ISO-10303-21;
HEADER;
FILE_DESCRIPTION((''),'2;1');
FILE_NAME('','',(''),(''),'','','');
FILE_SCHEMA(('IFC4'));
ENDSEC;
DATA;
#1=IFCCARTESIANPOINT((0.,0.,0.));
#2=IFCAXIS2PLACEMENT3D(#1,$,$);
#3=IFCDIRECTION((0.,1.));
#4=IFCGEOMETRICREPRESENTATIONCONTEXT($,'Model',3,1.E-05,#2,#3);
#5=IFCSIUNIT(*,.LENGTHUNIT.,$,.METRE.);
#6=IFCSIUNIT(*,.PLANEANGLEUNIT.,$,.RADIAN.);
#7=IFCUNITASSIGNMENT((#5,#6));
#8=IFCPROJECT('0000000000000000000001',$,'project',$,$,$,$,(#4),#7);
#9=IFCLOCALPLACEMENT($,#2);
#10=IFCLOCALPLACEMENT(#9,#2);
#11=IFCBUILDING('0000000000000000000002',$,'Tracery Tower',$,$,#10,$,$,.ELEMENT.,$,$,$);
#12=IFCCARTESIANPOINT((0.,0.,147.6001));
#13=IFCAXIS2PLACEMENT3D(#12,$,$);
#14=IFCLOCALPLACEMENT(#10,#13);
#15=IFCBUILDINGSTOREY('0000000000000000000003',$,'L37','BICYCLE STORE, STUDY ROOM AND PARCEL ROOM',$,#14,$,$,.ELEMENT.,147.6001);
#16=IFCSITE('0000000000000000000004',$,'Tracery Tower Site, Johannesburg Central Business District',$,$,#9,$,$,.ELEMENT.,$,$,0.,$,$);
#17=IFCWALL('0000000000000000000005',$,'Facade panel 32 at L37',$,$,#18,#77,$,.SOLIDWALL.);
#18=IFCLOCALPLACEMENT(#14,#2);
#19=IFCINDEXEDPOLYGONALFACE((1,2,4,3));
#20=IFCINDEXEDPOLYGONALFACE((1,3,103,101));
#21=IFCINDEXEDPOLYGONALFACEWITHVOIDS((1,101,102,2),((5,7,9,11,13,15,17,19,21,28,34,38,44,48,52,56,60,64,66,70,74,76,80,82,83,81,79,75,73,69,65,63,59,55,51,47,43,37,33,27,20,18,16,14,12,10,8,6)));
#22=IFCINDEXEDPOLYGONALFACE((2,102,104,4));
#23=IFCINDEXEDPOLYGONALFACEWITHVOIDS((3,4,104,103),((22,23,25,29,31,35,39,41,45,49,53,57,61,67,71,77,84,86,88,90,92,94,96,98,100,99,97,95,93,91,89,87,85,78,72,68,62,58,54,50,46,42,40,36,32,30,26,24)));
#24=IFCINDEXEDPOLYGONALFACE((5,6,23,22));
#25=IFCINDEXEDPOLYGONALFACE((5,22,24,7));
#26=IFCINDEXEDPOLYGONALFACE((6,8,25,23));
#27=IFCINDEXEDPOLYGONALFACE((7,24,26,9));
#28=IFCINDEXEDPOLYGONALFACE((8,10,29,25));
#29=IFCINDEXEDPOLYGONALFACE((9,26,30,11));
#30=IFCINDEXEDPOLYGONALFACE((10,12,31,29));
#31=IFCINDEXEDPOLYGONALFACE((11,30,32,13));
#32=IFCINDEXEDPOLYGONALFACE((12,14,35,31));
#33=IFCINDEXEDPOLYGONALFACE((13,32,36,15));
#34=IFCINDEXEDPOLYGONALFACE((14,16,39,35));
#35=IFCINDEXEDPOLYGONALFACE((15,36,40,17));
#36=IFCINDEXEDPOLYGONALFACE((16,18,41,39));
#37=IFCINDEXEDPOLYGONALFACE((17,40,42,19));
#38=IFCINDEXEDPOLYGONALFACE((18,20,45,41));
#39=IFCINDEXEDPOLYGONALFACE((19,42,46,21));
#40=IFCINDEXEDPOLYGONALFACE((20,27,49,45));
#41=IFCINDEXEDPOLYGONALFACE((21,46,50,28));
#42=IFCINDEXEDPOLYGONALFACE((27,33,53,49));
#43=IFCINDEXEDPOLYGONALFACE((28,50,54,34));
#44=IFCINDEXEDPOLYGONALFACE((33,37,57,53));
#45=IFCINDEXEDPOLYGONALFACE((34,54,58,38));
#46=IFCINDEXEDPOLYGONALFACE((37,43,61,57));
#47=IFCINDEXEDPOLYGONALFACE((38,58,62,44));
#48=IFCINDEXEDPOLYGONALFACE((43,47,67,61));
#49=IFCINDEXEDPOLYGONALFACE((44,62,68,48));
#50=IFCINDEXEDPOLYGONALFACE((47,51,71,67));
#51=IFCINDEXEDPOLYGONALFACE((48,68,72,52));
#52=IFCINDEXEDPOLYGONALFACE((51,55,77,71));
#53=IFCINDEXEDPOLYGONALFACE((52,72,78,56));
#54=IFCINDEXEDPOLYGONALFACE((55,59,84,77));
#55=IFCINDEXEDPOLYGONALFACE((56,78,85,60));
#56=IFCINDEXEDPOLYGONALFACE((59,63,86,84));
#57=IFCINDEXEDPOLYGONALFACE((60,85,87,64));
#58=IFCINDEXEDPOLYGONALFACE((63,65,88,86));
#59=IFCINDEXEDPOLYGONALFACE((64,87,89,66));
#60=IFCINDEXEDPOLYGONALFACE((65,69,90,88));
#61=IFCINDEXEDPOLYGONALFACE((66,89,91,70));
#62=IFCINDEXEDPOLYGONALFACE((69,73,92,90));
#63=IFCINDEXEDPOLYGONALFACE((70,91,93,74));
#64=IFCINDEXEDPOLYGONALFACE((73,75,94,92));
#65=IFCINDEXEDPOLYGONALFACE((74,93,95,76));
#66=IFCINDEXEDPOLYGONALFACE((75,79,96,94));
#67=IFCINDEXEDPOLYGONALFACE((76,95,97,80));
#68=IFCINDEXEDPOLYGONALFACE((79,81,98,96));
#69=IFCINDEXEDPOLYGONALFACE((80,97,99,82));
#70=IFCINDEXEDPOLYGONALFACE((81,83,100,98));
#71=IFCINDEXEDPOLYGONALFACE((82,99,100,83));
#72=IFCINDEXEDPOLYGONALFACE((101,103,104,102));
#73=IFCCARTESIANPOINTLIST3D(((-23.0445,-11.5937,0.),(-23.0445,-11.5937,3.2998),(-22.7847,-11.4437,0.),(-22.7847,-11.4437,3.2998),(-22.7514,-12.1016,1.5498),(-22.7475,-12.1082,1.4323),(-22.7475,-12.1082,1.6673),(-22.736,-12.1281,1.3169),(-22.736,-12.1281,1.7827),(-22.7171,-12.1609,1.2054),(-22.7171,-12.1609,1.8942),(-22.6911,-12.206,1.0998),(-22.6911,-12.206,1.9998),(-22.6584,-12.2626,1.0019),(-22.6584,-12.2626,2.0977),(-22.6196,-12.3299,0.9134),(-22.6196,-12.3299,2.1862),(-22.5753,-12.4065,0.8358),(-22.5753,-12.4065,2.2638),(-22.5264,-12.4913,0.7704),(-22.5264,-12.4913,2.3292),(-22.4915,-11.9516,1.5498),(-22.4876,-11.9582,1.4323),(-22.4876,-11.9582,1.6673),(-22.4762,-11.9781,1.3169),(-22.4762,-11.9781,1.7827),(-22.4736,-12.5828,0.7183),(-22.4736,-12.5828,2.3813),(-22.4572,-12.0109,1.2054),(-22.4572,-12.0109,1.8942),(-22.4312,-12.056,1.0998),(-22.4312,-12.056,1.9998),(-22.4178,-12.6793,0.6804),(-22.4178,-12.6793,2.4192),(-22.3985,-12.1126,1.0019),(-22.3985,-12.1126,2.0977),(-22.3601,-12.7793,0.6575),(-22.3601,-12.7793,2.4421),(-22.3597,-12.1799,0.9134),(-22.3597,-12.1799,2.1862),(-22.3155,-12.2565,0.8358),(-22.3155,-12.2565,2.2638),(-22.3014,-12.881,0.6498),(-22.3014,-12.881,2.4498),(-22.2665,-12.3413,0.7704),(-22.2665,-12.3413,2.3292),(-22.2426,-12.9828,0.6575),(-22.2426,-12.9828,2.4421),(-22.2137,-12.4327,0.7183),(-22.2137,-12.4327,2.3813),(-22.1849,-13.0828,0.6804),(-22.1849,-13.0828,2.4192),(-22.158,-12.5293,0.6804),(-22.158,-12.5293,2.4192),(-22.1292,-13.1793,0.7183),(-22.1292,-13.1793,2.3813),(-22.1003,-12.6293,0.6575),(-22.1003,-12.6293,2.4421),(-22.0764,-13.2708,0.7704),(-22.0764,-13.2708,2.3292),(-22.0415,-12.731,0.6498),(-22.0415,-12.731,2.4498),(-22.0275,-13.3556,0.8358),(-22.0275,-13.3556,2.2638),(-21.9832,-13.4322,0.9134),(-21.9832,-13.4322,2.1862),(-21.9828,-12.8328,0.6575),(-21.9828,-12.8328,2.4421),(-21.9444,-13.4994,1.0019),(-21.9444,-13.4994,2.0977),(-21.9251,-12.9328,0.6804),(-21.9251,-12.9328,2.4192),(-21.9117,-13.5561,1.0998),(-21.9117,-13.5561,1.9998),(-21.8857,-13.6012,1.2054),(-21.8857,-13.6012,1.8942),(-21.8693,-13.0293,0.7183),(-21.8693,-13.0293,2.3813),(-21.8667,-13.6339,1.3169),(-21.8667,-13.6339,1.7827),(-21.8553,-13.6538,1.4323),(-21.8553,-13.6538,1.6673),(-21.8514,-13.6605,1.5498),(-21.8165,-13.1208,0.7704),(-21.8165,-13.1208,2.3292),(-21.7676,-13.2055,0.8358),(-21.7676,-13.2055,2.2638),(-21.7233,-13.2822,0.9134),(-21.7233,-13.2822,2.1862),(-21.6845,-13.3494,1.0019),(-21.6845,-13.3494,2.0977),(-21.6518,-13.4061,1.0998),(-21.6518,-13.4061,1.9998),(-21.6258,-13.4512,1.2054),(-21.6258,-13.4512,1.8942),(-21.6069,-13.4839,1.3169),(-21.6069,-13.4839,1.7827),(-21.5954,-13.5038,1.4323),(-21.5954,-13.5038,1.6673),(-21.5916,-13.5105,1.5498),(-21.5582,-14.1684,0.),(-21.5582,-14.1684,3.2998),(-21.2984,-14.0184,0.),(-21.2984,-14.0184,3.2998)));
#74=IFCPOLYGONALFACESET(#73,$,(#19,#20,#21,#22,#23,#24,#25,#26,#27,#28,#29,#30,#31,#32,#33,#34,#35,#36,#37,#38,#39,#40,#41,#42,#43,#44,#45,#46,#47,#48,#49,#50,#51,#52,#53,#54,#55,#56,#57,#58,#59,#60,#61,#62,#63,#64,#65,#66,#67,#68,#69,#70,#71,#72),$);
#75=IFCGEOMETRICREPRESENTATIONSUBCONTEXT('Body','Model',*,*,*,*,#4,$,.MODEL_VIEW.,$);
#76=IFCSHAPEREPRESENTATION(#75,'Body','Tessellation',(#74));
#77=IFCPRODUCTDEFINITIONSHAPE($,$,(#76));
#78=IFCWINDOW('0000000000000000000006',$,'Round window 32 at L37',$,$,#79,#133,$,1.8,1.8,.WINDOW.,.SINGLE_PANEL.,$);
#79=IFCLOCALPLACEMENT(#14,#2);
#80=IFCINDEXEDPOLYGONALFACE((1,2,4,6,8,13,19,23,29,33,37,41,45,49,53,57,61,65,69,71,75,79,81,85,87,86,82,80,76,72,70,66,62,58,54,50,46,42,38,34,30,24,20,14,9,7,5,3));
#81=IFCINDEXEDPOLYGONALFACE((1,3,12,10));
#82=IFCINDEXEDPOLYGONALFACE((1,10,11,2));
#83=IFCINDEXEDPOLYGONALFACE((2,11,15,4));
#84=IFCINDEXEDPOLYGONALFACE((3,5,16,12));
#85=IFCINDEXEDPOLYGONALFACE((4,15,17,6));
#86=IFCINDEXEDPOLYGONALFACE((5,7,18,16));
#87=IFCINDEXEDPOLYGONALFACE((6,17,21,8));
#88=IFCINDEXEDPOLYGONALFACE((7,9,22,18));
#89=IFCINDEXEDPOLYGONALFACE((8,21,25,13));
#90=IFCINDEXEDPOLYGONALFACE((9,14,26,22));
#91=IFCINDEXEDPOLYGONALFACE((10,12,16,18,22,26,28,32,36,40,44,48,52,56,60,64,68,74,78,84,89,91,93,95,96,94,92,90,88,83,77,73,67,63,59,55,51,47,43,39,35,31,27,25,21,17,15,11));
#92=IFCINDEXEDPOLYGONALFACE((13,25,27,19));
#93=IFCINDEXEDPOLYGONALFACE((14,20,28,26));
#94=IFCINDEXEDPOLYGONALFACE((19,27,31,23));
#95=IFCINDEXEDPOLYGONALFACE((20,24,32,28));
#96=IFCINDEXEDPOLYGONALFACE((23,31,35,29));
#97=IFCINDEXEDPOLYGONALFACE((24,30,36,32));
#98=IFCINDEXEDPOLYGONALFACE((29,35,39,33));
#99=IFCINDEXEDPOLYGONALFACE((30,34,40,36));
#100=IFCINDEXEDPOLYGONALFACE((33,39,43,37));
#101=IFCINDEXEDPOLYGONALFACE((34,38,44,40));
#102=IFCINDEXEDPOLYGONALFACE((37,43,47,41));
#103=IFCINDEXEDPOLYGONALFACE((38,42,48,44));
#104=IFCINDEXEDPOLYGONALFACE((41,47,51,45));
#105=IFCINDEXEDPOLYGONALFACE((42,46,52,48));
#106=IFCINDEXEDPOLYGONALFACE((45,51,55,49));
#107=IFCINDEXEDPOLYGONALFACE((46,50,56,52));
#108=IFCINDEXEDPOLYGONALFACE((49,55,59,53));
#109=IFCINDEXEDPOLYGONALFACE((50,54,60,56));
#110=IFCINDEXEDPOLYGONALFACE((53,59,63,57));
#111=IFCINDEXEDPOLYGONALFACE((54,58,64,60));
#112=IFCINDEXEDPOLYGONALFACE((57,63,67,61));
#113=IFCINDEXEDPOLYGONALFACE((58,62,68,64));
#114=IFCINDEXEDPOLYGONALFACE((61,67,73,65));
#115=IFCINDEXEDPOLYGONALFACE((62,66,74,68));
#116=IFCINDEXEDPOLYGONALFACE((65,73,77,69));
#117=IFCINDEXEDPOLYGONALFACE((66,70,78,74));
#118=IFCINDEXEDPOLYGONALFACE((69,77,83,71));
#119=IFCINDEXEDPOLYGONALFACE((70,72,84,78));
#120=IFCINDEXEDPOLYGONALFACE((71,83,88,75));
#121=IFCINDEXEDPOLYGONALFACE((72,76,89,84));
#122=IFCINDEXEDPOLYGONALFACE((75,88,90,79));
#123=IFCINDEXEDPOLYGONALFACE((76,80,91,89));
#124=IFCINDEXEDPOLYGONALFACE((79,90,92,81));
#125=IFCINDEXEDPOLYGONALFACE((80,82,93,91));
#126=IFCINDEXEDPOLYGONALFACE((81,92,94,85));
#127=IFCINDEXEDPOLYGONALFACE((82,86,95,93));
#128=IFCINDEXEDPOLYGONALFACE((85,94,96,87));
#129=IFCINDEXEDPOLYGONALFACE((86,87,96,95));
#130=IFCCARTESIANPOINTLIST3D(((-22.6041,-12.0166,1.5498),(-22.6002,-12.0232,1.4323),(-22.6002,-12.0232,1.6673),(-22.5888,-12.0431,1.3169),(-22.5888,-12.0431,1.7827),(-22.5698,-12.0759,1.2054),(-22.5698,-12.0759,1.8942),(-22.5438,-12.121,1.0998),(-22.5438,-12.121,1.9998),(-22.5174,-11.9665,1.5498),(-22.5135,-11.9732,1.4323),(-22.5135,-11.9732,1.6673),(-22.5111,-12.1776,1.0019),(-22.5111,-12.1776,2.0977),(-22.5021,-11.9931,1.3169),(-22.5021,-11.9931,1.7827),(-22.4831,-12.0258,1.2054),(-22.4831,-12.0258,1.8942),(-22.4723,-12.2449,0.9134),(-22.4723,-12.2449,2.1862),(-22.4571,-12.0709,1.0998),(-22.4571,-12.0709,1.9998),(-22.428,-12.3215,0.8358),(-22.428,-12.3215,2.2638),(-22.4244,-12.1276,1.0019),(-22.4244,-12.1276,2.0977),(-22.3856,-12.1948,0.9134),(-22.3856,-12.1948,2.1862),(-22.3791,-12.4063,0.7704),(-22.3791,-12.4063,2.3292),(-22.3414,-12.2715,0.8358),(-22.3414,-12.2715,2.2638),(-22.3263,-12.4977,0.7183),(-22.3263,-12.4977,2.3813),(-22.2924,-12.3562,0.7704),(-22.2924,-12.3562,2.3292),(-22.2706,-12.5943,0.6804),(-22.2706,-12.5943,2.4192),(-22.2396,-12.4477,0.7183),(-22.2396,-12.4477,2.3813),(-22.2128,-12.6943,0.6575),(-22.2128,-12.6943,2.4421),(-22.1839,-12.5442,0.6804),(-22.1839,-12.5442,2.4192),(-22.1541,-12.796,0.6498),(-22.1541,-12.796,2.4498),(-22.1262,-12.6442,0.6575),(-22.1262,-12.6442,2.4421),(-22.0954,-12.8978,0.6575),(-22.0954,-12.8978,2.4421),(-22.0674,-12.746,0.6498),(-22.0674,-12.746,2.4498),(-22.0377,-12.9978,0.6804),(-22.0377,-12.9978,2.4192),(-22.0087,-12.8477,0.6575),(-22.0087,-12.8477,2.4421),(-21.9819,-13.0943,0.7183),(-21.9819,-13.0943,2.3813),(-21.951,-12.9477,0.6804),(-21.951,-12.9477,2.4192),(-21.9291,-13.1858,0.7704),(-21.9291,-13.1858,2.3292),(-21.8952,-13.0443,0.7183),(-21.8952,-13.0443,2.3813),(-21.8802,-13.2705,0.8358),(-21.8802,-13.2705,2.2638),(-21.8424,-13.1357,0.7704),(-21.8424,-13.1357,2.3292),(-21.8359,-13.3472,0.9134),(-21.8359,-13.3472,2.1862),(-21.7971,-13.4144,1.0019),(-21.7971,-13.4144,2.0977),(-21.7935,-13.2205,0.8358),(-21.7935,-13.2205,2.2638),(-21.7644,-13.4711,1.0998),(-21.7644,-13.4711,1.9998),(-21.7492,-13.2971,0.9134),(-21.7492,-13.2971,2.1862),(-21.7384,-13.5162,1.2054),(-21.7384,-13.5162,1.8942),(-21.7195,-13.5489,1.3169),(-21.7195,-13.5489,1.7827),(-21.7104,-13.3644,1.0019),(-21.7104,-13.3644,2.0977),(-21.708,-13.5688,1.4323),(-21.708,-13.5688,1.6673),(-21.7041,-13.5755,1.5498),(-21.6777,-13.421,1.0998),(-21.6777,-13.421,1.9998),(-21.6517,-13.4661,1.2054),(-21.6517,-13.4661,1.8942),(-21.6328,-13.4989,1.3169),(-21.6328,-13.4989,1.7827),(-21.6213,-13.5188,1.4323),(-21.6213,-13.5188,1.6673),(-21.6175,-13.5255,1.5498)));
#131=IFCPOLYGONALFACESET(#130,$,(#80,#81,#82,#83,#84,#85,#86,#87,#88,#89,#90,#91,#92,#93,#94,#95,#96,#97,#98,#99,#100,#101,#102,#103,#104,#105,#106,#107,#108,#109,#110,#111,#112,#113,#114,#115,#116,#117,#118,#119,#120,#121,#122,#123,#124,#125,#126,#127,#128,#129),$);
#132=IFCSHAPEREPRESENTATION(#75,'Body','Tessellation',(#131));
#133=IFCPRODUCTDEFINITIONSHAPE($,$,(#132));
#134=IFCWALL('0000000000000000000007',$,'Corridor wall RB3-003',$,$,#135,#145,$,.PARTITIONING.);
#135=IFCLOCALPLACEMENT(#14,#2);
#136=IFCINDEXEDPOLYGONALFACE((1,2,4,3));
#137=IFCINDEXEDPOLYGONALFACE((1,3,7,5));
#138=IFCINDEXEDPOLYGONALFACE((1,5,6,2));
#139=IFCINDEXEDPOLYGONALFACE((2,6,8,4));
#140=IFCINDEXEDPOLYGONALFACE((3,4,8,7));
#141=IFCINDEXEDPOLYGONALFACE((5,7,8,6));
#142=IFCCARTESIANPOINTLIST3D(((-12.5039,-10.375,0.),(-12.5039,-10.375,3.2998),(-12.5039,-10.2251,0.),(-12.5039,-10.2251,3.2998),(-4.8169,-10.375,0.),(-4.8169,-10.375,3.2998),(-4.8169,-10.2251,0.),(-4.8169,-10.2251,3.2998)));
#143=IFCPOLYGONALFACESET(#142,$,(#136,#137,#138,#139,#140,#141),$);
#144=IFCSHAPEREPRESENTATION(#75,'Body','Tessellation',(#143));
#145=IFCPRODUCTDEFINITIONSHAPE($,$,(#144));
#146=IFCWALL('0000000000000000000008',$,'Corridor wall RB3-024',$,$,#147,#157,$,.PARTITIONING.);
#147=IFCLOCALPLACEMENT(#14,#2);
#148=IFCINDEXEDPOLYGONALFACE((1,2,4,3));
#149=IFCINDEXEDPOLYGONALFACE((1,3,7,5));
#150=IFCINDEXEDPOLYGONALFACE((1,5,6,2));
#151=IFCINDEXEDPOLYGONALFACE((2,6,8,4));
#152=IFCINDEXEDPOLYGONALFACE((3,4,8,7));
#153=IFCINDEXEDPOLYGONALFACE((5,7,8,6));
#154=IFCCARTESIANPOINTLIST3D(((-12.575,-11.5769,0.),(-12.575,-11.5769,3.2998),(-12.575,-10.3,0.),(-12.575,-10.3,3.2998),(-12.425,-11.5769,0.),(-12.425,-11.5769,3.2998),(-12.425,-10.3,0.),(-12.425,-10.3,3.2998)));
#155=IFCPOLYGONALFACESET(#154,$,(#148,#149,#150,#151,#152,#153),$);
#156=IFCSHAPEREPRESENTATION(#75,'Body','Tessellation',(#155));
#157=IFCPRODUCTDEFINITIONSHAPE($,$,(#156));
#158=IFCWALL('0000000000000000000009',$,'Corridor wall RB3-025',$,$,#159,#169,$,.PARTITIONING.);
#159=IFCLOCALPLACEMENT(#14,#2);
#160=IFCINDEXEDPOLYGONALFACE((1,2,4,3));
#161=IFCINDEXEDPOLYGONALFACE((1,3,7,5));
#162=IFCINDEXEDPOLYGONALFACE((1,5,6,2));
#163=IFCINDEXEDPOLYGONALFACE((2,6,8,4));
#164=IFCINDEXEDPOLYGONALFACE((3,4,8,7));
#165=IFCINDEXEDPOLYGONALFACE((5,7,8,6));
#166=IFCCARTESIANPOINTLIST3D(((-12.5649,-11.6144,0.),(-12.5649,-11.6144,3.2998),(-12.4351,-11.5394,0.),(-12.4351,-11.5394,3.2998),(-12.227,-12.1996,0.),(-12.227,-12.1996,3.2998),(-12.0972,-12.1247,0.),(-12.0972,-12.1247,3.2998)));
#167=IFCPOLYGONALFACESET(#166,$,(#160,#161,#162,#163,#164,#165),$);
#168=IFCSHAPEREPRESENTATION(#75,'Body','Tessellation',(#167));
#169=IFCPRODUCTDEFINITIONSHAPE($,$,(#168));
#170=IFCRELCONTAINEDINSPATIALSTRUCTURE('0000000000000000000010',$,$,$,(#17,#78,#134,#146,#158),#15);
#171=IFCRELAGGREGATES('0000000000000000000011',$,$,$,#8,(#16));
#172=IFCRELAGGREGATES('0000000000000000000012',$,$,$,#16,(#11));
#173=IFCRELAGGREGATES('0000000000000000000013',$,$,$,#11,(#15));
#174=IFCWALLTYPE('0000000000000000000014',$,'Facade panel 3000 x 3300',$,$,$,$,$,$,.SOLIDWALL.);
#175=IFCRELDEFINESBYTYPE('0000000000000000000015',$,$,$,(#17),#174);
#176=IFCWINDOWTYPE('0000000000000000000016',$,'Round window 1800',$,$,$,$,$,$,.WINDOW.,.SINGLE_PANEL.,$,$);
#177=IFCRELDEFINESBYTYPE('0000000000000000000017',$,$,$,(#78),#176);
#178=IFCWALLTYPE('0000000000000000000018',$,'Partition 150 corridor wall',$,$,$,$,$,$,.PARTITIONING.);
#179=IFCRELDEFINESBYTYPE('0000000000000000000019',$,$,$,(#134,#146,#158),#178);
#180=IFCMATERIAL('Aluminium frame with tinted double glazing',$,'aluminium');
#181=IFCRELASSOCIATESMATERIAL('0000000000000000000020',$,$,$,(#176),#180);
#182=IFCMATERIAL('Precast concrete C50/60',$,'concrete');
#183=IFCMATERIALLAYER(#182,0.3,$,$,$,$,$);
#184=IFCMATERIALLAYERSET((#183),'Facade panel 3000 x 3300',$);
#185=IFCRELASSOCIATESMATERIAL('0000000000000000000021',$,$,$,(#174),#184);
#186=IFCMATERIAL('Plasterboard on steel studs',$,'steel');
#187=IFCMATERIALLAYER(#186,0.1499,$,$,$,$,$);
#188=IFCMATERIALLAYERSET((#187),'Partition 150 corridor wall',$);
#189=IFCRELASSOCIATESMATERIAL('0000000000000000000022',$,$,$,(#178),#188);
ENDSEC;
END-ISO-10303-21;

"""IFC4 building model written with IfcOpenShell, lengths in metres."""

from ifc_helpers import new_model, si_unit, direction, frame, frame_2d, origin, origin_2d, place, context, subcontext, project, spatial, rectangle, circle, extrude, material, layer, layer_set, type_object, element, fill, save


model = new_model("IFC4")

# Units and contexts
model_context = context("Model", 3, precision=1e-05, world=origin(), true_north=direction((0.0, 1.0)))
body_context = subcontext(model_context, "Body", "Model", "MODEL_VIEW")
ifc_project = project(units=[si_unit("LENGTHUNIT", "METRE"), si_unit("PLANEANGLEUNIT", "RADIAN")], contexts=[model_context])

# Site, building, storey
site_placement = place(None, origin())
site = spatial("IfcSite", under=ifc_project, at=site_placement, Name="Tracery Tower Site, Johannesburg Central Business District", CompositionType="ELEMENT", RefElevation=0.0)
building_placement = place(site_placement, origin())
building = spatial("IfcBuilding", under=site, at=building_placement, Name="Tracery Tower", CompositionType="ELEMENT")
storey_placement = place(building_placement, frame((0.0, 0.0, 147.6001)))
storey = spatial("IfcBuildingStorey", under=building, at=storey_placement, Name="L37", Description="BICYCLE STORE, STUDY ROOM AND PARCEL ROOM", CompositionType="ELEMENT", Elevation=147.6001)

# Wall, opening, window
ifc_material_1 = material(Name="Aluminium frame with tinted double glazing", Category="aluminium")
window_type = type_object("IfcWindowType", Name="Round window 1800", PartitioningType="SINGLE_PANEL", PredefinedType="WINDOW", material=ifc_material_1)
ifc_material_2 = material(Name="Precast concrete C50/60", Category="concrete")
ifc_layer_1 = layer(ifc_material_2, 0.3)
ifc_layer_set_1 = layer_set([ifc_layer_1], Name="Facade panel 3000 x 3300")
wall_type_1 = type_object("IfcWallType", Name="Facade panel 3000 x 3300", PredefinedType="SOLIDWALL", material=ifc_layer_set_1)
wall_1_placement = place(storey_placement, frame((-22.9146, -11.5188, 0.0), z_axis=(0.0, 0.0, 1.0), x_axis=(0.499955, -0.866052, 0.0)))
wall_1 = element("IfcWall", 1, at=wall_1_placement, inside=storey, type_object=wall_type_1, Name="Facade panel 32 at L37", PredefinedType="SOLIDWALL", context=body_context, shape_type="SweptSolid", body=[
    extrude(rectangle(XDim=2.9729, YDim=0.3, at=frame_2d((1.4863, 0.0))), origin(), (0.0, 0.0, 1.0), 3.2998),
])
opening_1_placement = place(wall_1_placement, frame((1.4863, 0.0, 1.5498)))
opening_1 = element("IfcOpeningElement", 2, at=opening_1_placement, cuts=wall_1, PredefinedType="OPENING", context=body_context, shape_type="SweptSolid", body=[
    extrude(circle(Radius=0.9, at=origin_2d()), frame((0.0, 0.1599, 0.0), z_axis=(0.0, -1.0, 0.0), x_axis=(1.0, 0.0, 0.0)), (0.0, 0.0, 1.0), 0.3201),
])
window_1_placement = place(opening_1_placement, origin())
window_1 = element("IfcWindow", 3, at=window_1_placement, inside=storey, type_object=window_type, Name="Round window 32 at L37", OverallHeight=1.8, OverallWidth=1.8, PartitioningType="SINGLE_PANEL", PredefinedType="WINDOW", context=body_context, shape_type="SweptSolid", body=[
    extrude(circle(Radius=0.9, at=origin_2d()), frame((0.0, 0.1201, 0.0), z_axis=(0.0, -1.0, 0.0), x_axis=(1.0, 0.0, 0.0)), (0.0, 0.0, 1.0), 0.1001),
])
fill(opening_1, window_1)

# Walls
ifc_material_3 = material(Name="Plasterboard on steel studs", Category="steel")
ifc_layer_2 = layer(ifc_material_3, 0.1499)
ifc_layer_set_2 = layer_set([ifc_layer_2], Name="Partition 150 corridor wall")
wall_type_2 = type_object("IfcWallType", Name="Partition 150 corridor wall", PredefinedType="PARTITIONING", material=ifc_layer_set_2)
wall_2_placement = place(storey_placement, frame((-12.5039, -10.3, 0.0), z_axis=(0.0, 0.0, 1.0), x_axis=(1.0, 0.0, 0.0)))
element("IfcWall", 4, at=wall_2_placement, inside=storey, type_object=wall_type_2, Name="Corridor wall RB3-003", PredefinedType="PARTITIONING", context=body_context, shape_type="SweptSolid", body=[
    extrude(rectangle(XDim=7.687, YDim=0.1499, at=frame_2d((3.8435, 0.0))), origin(), (0.0, 0.0, 1.0), 3.2998),
])
wall_3_placement = place(storey_placement, frame((-12.5, -11.5769, 0.0), z_axis=(0.0, 0.0, 1.0), x_axis=(0.0, 1.0, 0.0)))
element("IfcWall", 5, at=wall_3_placement, inside=storey, type_object=wall_type_2, Name="Corridor wall RB3-024", PredefinedType="PARTITIONING", context=body_context, shape_type="SweptSolid", body=[
    extrude(rectangle(XDim=1.2769, YDim=0.1499, at=frame_2d((0.6384, 0.0))), origin(), (0.0, 0.0, 1.0), 3.2998),
])
wall_4_placement = place(storey_placement, frame((-12.5, -11.5769, 0.0), z_axis=(0.0, 0.0, 1.0), x_axis=(0.500025, -0.866011, 0.0)))
element("IfcWall", 6, at=wall_4_placement, inside=storey, type_object=wall_type_2, Name="Corridor wall RB3-025", PredefinedType="PARTITIONING", context=body_context, shape_type="SweptSolid", body=[
    extrude(rectangle(XDim=0.6758, YDim=0.1499, at=frame_2d((0.3379, 0.0))), origin(), (0.0, 0.0, 1.0), 3.2998),
])

save(model, "model.ifc")
